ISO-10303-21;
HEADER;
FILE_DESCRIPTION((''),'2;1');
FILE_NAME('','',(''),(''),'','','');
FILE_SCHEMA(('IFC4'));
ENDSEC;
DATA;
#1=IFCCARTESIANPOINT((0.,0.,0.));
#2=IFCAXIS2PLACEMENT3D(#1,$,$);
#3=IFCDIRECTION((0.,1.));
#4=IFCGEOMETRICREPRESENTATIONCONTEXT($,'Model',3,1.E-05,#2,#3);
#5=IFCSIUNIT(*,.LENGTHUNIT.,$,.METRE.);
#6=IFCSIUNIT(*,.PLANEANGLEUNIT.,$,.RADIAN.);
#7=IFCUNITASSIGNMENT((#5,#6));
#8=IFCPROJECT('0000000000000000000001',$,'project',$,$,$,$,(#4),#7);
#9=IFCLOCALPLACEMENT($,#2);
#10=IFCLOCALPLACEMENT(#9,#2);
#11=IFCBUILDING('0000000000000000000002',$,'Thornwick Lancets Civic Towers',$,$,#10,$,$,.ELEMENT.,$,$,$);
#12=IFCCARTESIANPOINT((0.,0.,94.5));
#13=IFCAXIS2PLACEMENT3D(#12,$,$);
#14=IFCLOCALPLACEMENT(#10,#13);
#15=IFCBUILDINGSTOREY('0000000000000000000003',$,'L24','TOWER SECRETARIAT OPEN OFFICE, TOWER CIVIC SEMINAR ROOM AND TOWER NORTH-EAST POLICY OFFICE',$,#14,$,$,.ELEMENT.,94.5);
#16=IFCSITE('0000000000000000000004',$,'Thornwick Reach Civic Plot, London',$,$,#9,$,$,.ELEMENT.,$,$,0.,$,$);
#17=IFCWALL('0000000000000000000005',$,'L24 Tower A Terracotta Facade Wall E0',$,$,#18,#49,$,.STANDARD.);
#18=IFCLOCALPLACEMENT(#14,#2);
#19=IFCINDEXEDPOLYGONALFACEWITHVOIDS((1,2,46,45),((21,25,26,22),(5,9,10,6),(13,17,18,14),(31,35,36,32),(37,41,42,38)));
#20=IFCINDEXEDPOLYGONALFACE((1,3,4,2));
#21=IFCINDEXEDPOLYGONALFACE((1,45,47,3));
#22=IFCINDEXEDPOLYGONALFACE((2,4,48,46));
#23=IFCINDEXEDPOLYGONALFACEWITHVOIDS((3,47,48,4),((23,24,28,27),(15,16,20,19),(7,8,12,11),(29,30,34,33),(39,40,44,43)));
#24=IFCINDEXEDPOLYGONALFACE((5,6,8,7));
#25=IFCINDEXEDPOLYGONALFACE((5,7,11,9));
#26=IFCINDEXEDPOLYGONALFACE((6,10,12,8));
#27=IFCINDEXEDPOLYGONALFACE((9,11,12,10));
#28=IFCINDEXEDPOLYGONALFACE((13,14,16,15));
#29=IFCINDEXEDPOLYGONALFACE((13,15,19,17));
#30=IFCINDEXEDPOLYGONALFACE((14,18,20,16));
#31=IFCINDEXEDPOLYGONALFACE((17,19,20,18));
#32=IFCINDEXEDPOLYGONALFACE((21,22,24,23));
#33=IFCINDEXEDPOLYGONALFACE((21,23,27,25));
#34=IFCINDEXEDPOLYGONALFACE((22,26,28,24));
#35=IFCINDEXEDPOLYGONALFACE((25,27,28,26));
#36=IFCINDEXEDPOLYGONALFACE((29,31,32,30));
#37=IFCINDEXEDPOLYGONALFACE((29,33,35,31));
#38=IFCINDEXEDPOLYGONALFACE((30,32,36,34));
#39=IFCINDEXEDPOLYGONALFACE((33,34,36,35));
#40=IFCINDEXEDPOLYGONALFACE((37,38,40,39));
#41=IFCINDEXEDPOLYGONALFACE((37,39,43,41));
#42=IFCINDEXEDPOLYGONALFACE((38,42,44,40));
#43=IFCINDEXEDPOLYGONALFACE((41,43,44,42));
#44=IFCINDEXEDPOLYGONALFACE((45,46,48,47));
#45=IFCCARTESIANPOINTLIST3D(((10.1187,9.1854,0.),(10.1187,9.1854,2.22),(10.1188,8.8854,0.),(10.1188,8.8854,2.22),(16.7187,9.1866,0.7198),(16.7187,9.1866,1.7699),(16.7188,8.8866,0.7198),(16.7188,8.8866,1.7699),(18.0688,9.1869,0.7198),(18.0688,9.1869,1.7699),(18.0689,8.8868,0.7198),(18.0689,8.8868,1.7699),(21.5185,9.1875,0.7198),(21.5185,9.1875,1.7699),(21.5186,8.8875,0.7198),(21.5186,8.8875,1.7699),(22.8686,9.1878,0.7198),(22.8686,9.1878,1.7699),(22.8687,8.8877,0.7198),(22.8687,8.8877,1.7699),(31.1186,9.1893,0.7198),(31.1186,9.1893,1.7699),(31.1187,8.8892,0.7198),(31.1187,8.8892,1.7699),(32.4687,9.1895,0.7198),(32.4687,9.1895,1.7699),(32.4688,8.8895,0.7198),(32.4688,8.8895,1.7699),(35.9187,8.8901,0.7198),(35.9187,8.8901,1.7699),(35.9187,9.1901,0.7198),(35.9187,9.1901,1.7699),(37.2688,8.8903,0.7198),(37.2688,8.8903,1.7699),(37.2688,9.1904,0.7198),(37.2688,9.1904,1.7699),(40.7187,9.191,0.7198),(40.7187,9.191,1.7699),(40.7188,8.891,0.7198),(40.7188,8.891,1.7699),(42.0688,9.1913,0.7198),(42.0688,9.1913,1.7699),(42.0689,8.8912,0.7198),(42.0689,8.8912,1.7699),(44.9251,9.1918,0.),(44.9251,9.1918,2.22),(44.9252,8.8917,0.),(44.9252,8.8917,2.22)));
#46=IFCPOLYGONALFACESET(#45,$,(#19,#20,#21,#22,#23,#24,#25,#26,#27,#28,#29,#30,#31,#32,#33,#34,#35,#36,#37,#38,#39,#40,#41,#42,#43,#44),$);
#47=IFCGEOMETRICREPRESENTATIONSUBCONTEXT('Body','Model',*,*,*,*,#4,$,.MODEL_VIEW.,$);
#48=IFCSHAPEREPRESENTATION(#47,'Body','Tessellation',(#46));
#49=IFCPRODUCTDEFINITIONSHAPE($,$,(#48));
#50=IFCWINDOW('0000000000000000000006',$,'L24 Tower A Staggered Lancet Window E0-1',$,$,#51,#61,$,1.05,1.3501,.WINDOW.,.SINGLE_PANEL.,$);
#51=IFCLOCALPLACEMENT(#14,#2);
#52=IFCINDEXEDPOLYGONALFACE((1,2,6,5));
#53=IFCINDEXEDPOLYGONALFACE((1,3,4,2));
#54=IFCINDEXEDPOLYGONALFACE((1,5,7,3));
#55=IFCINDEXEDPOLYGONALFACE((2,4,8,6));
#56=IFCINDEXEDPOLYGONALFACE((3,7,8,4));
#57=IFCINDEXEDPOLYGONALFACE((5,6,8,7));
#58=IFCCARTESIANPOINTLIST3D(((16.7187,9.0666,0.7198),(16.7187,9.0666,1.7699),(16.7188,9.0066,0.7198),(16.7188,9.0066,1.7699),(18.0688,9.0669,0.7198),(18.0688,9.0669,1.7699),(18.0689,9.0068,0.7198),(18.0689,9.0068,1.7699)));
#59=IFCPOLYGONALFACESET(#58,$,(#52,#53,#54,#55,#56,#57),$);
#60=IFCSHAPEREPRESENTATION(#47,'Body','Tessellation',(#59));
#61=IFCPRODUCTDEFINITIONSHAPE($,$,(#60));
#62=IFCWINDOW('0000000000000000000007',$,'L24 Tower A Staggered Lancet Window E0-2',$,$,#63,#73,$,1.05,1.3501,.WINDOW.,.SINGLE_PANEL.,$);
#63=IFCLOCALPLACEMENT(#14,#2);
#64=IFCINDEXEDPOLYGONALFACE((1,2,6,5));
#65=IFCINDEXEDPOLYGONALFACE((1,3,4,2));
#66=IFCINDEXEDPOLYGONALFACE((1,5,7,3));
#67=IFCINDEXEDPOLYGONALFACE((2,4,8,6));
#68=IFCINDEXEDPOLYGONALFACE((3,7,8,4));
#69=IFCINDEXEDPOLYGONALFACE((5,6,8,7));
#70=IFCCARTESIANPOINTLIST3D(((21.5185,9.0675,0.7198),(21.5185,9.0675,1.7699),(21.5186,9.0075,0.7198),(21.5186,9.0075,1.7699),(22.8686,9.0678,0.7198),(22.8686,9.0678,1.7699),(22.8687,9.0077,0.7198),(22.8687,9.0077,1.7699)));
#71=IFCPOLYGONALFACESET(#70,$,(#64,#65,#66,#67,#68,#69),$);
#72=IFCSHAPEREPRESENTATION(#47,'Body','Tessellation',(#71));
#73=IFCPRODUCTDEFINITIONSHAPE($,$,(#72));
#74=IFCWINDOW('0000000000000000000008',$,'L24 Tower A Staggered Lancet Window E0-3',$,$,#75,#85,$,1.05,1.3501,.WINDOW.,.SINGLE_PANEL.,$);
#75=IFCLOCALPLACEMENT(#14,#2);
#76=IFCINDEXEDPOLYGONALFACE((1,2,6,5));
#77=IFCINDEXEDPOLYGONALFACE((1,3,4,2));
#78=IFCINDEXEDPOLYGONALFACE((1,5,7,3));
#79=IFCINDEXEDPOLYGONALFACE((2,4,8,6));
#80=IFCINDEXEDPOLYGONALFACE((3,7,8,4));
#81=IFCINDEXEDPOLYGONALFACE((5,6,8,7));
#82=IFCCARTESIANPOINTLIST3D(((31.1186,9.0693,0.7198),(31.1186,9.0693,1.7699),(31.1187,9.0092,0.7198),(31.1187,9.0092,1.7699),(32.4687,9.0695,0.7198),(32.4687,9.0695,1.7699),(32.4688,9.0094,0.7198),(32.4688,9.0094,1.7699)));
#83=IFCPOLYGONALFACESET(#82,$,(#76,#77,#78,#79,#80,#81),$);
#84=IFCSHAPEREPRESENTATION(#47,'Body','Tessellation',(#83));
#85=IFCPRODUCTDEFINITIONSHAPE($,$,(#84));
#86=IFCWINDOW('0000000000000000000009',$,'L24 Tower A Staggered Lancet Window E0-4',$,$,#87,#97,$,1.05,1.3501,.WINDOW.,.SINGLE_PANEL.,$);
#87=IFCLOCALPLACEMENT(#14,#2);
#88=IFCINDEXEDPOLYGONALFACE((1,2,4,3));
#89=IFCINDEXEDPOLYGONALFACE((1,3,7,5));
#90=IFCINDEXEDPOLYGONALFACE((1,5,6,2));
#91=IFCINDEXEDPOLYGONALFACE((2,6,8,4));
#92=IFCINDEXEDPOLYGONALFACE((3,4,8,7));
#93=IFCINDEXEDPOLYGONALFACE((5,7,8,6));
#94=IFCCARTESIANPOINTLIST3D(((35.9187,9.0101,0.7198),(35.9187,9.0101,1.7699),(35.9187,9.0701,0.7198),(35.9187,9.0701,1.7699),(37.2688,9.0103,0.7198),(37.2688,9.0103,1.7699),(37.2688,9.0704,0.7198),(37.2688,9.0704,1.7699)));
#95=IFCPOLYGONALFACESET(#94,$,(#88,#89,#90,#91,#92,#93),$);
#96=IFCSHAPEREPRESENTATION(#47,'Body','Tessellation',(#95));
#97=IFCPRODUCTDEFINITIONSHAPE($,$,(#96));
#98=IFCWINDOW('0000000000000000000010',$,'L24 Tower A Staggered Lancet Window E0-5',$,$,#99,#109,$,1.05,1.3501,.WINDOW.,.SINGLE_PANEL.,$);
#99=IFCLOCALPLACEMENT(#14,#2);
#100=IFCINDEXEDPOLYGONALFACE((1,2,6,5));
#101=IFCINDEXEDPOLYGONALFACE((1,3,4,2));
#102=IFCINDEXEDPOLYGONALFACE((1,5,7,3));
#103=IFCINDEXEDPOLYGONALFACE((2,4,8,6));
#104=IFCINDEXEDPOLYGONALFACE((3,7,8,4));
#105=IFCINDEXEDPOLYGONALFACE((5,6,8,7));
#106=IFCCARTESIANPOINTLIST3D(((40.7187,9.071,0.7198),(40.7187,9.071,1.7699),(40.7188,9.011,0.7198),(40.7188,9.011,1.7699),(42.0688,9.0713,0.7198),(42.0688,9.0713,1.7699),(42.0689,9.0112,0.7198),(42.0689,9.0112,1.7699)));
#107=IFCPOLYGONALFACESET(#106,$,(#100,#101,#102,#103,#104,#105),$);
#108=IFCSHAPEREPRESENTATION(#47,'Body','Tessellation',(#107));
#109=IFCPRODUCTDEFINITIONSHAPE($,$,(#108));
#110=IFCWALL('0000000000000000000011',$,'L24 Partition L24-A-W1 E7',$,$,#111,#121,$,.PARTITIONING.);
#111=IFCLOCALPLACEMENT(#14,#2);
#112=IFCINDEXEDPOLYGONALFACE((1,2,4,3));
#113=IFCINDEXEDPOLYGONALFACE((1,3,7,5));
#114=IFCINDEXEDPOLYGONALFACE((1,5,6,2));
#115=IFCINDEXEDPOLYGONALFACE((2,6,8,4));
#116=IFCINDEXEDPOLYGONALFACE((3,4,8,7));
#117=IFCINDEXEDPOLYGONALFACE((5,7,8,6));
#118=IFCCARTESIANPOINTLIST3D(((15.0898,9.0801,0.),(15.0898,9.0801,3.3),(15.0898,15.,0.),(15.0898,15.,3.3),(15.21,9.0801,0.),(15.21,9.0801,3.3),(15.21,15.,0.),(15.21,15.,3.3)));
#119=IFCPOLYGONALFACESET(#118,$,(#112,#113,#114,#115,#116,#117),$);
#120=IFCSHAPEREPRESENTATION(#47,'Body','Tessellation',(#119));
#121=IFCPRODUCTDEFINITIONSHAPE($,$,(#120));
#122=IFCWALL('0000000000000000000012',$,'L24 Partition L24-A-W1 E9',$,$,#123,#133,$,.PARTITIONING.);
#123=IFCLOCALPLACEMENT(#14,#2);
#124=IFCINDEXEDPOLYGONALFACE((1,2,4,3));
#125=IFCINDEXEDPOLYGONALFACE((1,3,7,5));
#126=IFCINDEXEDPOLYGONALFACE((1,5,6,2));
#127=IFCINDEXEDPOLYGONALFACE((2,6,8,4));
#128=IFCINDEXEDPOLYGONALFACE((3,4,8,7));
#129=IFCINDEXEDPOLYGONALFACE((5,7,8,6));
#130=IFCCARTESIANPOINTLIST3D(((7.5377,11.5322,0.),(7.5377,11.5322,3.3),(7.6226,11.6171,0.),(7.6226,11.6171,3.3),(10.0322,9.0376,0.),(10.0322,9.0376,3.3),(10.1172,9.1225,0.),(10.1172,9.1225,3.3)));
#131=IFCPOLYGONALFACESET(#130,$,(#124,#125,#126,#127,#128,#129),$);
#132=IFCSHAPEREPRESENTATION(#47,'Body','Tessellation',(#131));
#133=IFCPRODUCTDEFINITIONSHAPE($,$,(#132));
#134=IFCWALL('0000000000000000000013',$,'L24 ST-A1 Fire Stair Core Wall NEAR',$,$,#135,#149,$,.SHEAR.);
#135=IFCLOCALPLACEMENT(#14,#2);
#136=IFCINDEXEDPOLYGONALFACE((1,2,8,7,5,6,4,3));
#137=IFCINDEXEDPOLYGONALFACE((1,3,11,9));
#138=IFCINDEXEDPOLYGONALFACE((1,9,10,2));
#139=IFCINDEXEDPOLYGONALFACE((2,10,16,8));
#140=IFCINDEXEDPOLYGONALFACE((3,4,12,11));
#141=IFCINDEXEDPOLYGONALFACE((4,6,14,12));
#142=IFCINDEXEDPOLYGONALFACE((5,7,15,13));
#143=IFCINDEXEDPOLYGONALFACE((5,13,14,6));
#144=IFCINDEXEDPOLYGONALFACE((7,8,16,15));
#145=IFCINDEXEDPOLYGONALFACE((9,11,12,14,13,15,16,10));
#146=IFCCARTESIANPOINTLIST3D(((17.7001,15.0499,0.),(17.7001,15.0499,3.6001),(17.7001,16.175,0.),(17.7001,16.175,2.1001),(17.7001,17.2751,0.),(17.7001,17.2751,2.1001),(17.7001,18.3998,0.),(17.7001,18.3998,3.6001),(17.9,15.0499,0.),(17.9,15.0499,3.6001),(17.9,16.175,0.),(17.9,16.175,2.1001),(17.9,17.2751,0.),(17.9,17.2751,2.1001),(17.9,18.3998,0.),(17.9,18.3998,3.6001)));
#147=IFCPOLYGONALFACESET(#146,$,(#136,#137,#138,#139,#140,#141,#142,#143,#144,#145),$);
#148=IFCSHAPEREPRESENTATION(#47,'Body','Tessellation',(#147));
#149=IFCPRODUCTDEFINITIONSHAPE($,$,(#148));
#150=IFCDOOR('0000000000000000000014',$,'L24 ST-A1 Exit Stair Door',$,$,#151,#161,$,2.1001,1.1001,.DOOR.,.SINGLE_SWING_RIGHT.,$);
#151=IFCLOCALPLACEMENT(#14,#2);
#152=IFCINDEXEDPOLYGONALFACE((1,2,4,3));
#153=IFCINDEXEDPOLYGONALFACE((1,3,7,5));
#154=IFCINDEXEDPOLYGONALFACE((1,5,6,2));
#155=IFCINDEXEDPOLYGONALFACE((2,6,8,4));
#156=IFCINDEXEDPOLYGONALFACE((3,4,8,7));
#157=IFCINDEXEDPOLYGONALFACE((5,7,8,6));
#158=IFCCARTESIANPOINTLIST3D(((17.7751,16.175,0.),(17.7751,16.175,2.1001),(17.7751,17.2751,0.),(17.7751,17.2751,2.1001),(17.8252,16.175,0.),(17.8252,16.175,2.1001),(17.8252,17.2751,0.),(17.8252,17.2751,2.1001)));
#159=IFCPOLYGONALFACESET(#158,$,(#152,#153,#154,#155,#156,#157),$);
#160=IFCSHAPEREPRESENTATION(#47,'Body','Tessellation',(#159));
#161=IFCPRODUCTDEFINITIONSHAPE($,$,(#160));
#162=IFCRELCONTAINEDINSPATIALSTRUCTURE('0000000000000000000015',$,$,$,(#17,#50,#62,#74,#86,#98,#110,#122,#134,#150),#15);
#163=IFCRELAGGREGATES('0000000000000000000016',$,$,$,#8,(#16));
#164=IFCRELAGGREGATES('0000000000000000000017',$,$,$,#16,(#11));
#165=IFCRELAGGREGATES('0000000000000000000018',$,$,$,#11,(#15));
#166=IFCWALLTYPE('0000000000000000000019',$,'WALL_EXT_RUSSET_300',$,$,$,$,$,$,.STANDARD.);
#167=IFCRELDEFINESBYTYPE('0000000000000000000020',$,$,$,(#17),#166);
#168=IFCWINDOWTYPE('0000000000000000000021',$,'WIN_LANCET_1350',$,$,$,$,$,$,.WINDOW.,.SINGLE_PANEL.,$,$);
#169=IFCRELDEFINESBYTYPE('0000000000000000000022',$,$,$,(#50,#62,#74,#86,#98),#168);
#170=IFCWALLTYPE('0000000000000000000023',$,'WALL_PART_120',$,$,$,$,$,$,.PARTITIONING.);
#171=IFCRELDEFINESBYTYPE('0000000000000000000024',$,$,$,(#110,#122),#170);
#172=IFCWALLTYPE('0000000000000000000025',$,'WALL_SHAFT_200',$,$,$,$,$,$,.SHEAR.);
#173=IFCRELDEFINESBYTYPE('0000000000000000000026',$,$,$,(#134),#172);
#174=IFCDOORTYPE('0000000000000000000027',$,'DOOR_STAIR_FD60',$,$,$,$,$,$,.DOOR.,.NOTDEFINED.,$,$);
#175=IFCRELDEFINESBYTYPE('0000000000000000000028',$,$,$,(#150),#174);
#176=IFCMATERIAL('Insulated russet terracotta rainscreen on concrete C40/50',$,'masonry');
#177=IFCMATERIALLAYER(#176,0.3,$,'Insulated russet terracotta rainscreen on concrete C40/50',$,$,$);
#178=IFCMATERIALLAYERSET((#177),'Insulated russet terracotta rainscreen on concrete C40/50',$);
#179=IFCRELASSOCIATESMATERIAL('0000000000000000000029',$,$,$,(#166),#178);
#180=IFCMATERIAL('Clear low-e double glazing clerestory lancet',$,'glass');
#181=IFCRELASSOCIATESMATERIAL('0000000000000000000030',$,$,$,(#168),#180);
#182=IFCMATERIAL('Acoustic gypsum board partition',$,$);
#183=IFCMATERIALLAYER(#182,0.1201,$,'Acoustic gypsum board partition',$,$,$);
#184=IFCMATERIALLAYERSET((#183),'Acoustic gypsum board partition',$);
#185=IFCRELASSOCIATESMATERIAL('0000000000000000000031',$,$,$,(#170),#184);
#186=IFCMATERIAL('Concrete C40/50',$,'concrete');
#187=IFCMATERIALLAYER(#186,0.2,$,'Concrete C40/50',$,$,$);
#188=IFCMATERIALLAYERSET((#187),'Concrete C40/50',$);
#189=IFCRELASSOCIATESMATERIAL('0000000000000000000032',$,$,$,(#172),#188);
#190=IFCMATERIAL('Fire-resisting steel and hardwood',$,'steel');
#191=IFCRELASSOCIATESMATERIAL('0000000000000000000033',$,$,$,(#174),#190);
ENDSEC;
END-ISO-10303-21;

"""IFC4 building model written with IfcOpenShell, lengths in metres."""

from ifc_helpers import new_model, si_unit, direction, frame, frame_2d, origin, place, context, subcontext, project, spatial, rectangle, extrude, material, layer, layer_set, type_object, element, fill, save


model = new_model("IFC4")

# Units and contexts
model_context = context("Model", 3, precision=1e-05, world=origin(), true_north=direction((0.0, 1.0)))
body_context = subcontext(model_context, "Body", "Model", "MODEL_VIEW")
ifc_project = project(units=[si_unit("LENGTHUNIT", "METRE"), si_unit("PLANEANGLEUNIT", "RADIAN")], contexts=[model_context])

# Site, building, storey
site_placement = place(None, origin())
site = spatial("IfcSite", under=ifc_project, at=site_placement, Name="Thornwick Reach Civic Plot, London", CompositionType="ELEMENT", RefElevation=0.0)
building_placement = place(site_placement, origin())
building = spatial("IfcBuilding", under=site, at=building_placement, Name="Thornwick Lancets Civic Towers", CompositionType="ELEMENT")
storey_placement = place(building_placement, frame((0.0, 0.0, 94.5)))
storey = spatial("IfcBuildingStorey", under=building, at=storey_placement, Name="L24", Description="TOWER SECRETARIAT OPEN OFFICE, TOWER CIVIC SEMINAR ROOM AND TOWER NORTH-EAST POLICY OFFICE", CompositionType="ELEMENT", Elevation=94.5)

# Wall, openings, windows
ifc_material_1 = material(Name="Insulated russet terracotta rainscreen on concrete C40/50", Category="masonry")
ifc_layer_1 = layer(ifc_material_1, 0.3, Name="Insulated russet terracotta rainscreen on concrete C40/50")
ifc_layer_set_1 = layer_set([ifc_layer_1], Name="Insulated russet terracotta rainscreen on concrete C40/50")
wall_type_1 = type_object("IfcWallType", Name="WALL_EXT_RUSSET_300", PredefinedType="STANDARD", material=ifc_layer_set_1)
wall_1_placement = place(storey_placement, frame((10.1187, 9.0354, 0.0), z_axis=(0.0, 0.0, 1.0), x_axis=(1.0, 0.000182, 0.0)))
wall_1 = element("IfcWall", 1, at=wall_1_placement, inside=storey, type_object=wall_type_1, Name="L24 Tower A Terracotta Facade Wall E0", PredefinedType="STANDARD", context=body_context, shape_type="SweptSolid", body=[
    extrude(rectangle(XDim=34.8064, YDim=0.3, at=frame_2d((17.4033, 0.0))), origin(), (0.0, 0.0, 1.0), 2.22),
])
opening_1_placement = place(wall_1_placement, frame((6.6001, 0.0, 0.72)))
opening_1 = element("IfcOpeningElement", 2, at=opening_1_placement, cuts=wall_1, PredefinedType="OPENING", context=body_context, shape_type="SweptSolid", body=[
    extrude(rectangle(XDim=1.3501, YDim=1.05, at=frame_2d((0.675, 0.5249))), frame((0.0, 0.1602, 0.0), z_axis=(0.0, -1.0, 0.0), x_axis=(1.0, 0.0, 0.0)), (0.0, 0.0, 1.0), 0.3201),
])
opening_2_placement = place(wall_1_placement, frame((11.3999, 0.0, 0.72)))
opening_2 = element("IfcOpeningElement", 3, at=opening_2_placement, cuts=wall_1, PredefinedType="OPENING", context=body_context, shape_type="SweptSolid", body=[
    extrude(rectangle(XDim=1.3501, YDim=1.05, at=frame_2d((0.675, 0.5249))), frame((0.0, 0.1602, 0.0), z_axis=(0.0, -1.0, 0.0), x_axis=(1.0, 0.0, 0.0)), (0.0, 0.0, 1.0), 0.3201),
])
opening_3_placement = place(wall_1_placement, frame((21.0, 0.0, 0.72)))
opening_3 = element("IfcOpeningElement", 4, at=opening_3_placement, cuts=wall_1, PredefinedType="OPENING", context=body_context, shape_type="SweptSolid", body=[
    extrude(rectangle(XDim=1.3501, YDim=1.05, at=frame_2d((0.675, 0.5249))), frame((0.0, 0.1602, 0.0), z_axis=(0.0, -1.0, 0.0), x_axis=(1.0, 0.0, 0.0)), (0.0, 0.0, 1.0), 0.3201),
])
opening_4_placement = place(wall_1_placement, frame((25.8, 0.0, 0.72)))
opening_4 = element("IfcOpeningElement", 5, at=opening_4_placement, cuts=wall_1, PredefinedType="OPENING", context=body_context, shape_type="SweptSolid", body=[
    extrude(rectangle(XDim=1.3501, YDim=1.05, at=frame_2d((0.675, 0.5249))), frame((0.0, 0.1602, 0.0), z_axis=(0.0, -1.0, 0.0), x_axis=(1.0, 0.0, 0.0)), (0.0, 0.0, 1.0), 0.3201),
])
opening_5_placement = place(wall_1_placement, frame((30.6001, 0.0, 0.72)))
opening_5 = element("IfcOpeningElement", 6, at=opening_5_placement, cuts=wall_1, PredefinedType="OPENING", context=body_context, shape_type="SweptSolid", body=[
    extrude(rectangle(XDim=1.3501, YDim=1.05, at=frame_2d((0.675, 0.5249))), frame((0.0, 0.1602, 0.0), z_axis=(0.0, -1.0, 0.0), x_axis=(1.0, 0.0, 0.0)), (0.0, 0.0, 1.0), 0.3201),
])
ifc_material_2 = material(Name="Clear low-e double glazing clerestory lancet", Category="glass")
window_type = type_object("IfcWindowType", Name="WIN_LANCET_1350", PartitioningType="SINGLE_PANEL", PredefinedType="WINDOW", material=ifc_material_2)
window_1_placement = place(opening_1_placement, origin())
window_1 = element("IfcWindow", 7, at=window_1_placement, inside=storey, type_object=window_type, Name="L24 Tower A Staggered Lancet Window E0-1", OverallHeight=1.05, OverallWidth=1.3501, PartitioningType="SINGLE_PANEL", PredefinedType="WINDOW", context=body_context, shape_type="SweptSolid", body=[
    extrude(rectangle(XDim=1.3501, YDim=1.05, at=frame_2d((0.675, 0.5249))), frame((0.0, 0.03, 0.0), z_axis=(0.0, -1.0, 0.0), x_axis=(1.0, 0.0, 0.0)), (0.0, 0.0, 1.0), 0.0601),
])
fill(opening_1, window_1)
window_2_placement = place(opening_2_placement, origin())
window_2 = element("IfcWindow", 8, at=window_2_placement, inside=storey, type_object=window_type, Name="L24 Tower A Staggered Lancet Window E0-2", OverallHeight=1.05, OverallWidth=1.3501, PartitioningType="SINGLE_PANEL", PredefinedType="WINDOW", context=body_context, shape_type="SweptSolid", body=[
    extrude(rectangle(XDim=1.3501, YDim=1.05, at=frame_2d((0.675, 0.5249))), frame((0.0, 0.03, 0.0), z_axis=(0.0, -1.0, 0.0), x_axis=(1.0, 0.0, 0.0)), (0.0, 0.0, 1.0), 0.0601),
])
fill(opening_2, window_2)
window_3_placement = place(opening_3_placement, origin())
window_3 = element("IfcWindow", 9, at=window_3_placement, inside=storey, type_object=window_type, Name="L24 Tower A Staggered Lancet Window E0-3", OverallHeight=1.05, OverallWidth=1.3501, PartitioningType="SINGLE_PANEL", PredefinedType="WINDOW", context=body_context, shape_type="SweptSolid", body=[
    extrude(rectangle(XDim=1.3501, YDim=1.05, at=frame_2d((0.675, 0.5249))), frame((0.0, 0.03, 0.0), z_axis=(0.0, -1.0, 0.0), x_axis=(1.0, 0.0, 0.0)), (0.0, 0.0, 1.0), 0.0601),
])
fill(opening_3, window_3)
window_4_placement = place(opening_4_placement, origin())
window_4 = element("IfcWindow", 10, at=window_4_placement, inside=storey, type_object=window_type, Name="L24 Tower A Staggered Lancet Window E0-4", OverallHeight=1.05, OverallWidth=1.3501, PartitioningType="SINGLE_PANEL", PredefinedType="WINDOW", context=body_context, shape_type="SweptSolid", body=[
    extrude(rectangle(XDim=1.3501, YDim=1.05, at=frame_2d((0.675, 0.5249))), frame((0.0, 0.03, 0.0), z_axis=(0.0, -1.0, 0.0), x_axis=(1.0, 0.0, 0.0)), (0.0, 0.0, 1.0), 0.0601),
])
fill(opening_4, window_4)
window_5_placement = place(opening_5_placement, origin())
window_5 = element("IfcWindow", 11, at=window_5_placement, inside=storey, type_object=window_type, Name="L24 Tower A Staggered Lancet Window E0-5", OverallHeight=1.05, OverallWidth=1.3501, PartitioningType="SINGLE_PANEL", PredefinedType="WINDOW", context=body_context, shape_type="SweptSolid", body=[
    extrude(rectangle(XDim=1.3501, YDim=1.05, at=frame_2d((0.675, 0.5249))), frame((0.0, 0.03, 0.0), z_axis=(0.0, -1.0, 0.0), x_axis=(1.0, 0.0, 0.0)), (0.0, 0.0, 1.0), 0.0601),
])
fill(opening_5, window_5)

# Walls
ifc_material_3 = material(Name="Acoustic gypsum board partition")
ifc_layer_2 = layer(ifc_material_3, 0.1201, Name="Acoustic gypsum board partition")
ifc_layer_set_2 = layer_set([ifc_layer_2], Name="Acoustic gypsum board partition")
wall_type_2 = type_object("IfcWallType", Name="WALL_PART_120", PredefinedType="PARTITIONING", material=ifc_layer_set_2)
wall_2_placement = place(storey_placement, frame((15.1499, 15.0, 0.0), z_axis=(0.0, 0.0, 1.0), x_axis=(0.0, -1.0, 0.0)))
element("IfcWall", 12, at=wall_2_placement, inside=storey, type_object=wall_type_2, Name="L24 Partition L24-A-W1 E7", PredefinedType="PARTITIONING", context=body_context, shape_type="SweptSolid", body=[
    extrude(rectangle(XDim=5.9199, YDim=0.1201, at=frame_2d((2.96, 0.0))), origin(), (0.0, 0.0, 1.0), 3.3),
])
wall_3_placement = place(storey_placement, frame((10.0747, 9.0801, 0.0), z_axis=(0.0, 0.0, 1.0), x_axis=(-0.707107, 0.707107, 0.0)))
element("IfcWall", 13, at=wall_3_placement, inside=storey, type_object=wall_type_2, Name="L24 Partition L24-A-W1 E9", PredefinedType="PARTITIONING", context=body_context, shape_type="SweptSolid", body=[
    extrude(rectangle(XDim=3.5278, YDim=0.1201, at=frame_2d((1.7639, 0.0))), origin(), (0.0, 0.0, 1.0), 3.3),
])

# Wall, opening, door
ifc_material_4 = material(Name="Concrete C40/50", Category="concrete")
ifc_layer_3 = layer(ifc_material_4, 0.2, Name="Concrete C40/50")
ifc_layer_set_3 = layer_set([ifc_layer_3], Name="Concrete C40/50")
wall_type_3 = type_object("IfcWallType", Name="WALL_SHAFT_200", PredefinedType="SHEAR", material=ifc_layer_set_3)
wall_4_placement = place(storey_placement, frame((17.8, 15.05, 0.0), z_axis=(0.0, 0.0, 1.0), x_axis=(0.0, 1.0, 0.0)))
wall_4 = element("IfcWall", 14, at=wall_4_placement, inside=storey, type_object=wall_type_3, Name="L24 ST-A1 Fire Stair Core Wall NEAR", PredefinedType="SHEAR", context=body_context, shape_type="SweptSolid", body=[
    extrude(rectangle(XDim=3.3499, YDim=0.2, at=frame_2d((1.6748, 0.0))), origin(), (0.0, 0.0, 1.0), 3.6001),
])
opening_6_placement = place(wall_4_placement, frame((1.125, 0.0, 0.0)))
opening_6 = element("IfcOpeningElement", 15, at=opening_6_placement, cuts=wall_4, PredefinedType="OPENING", context=body_context, shape_type="SweptSolid", body=[
    extrude(rectangle(XDim=1.1001, YDim=2.1001, at=frame_2d((0.55, 1.05))), frame((0.0, 0.1099, 0.0), z_axis=(0.0, -1.0, 0.0), x_axis=(1.0, 0.0, 0.0)), (0.0, 0.0, 1.0), 0.22),
])
ifc_material_5 = material(Name="Fire-resisting steel and hardwood", Category="steel")
door_type = type_object("IfcDoorType", Name="DOOR_STAIR_FD60", OperationType="NOTDEFINED", PredefinedType="DOOR", material=ifc_material_5)
door_placement = place(opening_6_placement, origin())
door = element("IfcDoor", 16, at=door_placement, inside=storey, type_object=door_type, Name="L24 ST-A1 Exit Stair Door", OperationType="SINGLE_SWING_RIGHT", OverallHeight=2.1001, OverallWidth=1.1001, PredefinedType="DOOR", context=body_context, shape_type="SweptSolid", body=[
    extrude(rectangle(XDim=1.1001, YDim=2.1001, at=frame_2d((0.55, 1.05))), frame((0.0, 0.0249, 0.0), z_axis=(0.0, -1.0, 0.0), x_axis=(1.0, 0.0, 0.0)), (0.0, 0.0, 1.0), 0.05),
])
fill(opening_6, door)

save(model, "model.ifc")
